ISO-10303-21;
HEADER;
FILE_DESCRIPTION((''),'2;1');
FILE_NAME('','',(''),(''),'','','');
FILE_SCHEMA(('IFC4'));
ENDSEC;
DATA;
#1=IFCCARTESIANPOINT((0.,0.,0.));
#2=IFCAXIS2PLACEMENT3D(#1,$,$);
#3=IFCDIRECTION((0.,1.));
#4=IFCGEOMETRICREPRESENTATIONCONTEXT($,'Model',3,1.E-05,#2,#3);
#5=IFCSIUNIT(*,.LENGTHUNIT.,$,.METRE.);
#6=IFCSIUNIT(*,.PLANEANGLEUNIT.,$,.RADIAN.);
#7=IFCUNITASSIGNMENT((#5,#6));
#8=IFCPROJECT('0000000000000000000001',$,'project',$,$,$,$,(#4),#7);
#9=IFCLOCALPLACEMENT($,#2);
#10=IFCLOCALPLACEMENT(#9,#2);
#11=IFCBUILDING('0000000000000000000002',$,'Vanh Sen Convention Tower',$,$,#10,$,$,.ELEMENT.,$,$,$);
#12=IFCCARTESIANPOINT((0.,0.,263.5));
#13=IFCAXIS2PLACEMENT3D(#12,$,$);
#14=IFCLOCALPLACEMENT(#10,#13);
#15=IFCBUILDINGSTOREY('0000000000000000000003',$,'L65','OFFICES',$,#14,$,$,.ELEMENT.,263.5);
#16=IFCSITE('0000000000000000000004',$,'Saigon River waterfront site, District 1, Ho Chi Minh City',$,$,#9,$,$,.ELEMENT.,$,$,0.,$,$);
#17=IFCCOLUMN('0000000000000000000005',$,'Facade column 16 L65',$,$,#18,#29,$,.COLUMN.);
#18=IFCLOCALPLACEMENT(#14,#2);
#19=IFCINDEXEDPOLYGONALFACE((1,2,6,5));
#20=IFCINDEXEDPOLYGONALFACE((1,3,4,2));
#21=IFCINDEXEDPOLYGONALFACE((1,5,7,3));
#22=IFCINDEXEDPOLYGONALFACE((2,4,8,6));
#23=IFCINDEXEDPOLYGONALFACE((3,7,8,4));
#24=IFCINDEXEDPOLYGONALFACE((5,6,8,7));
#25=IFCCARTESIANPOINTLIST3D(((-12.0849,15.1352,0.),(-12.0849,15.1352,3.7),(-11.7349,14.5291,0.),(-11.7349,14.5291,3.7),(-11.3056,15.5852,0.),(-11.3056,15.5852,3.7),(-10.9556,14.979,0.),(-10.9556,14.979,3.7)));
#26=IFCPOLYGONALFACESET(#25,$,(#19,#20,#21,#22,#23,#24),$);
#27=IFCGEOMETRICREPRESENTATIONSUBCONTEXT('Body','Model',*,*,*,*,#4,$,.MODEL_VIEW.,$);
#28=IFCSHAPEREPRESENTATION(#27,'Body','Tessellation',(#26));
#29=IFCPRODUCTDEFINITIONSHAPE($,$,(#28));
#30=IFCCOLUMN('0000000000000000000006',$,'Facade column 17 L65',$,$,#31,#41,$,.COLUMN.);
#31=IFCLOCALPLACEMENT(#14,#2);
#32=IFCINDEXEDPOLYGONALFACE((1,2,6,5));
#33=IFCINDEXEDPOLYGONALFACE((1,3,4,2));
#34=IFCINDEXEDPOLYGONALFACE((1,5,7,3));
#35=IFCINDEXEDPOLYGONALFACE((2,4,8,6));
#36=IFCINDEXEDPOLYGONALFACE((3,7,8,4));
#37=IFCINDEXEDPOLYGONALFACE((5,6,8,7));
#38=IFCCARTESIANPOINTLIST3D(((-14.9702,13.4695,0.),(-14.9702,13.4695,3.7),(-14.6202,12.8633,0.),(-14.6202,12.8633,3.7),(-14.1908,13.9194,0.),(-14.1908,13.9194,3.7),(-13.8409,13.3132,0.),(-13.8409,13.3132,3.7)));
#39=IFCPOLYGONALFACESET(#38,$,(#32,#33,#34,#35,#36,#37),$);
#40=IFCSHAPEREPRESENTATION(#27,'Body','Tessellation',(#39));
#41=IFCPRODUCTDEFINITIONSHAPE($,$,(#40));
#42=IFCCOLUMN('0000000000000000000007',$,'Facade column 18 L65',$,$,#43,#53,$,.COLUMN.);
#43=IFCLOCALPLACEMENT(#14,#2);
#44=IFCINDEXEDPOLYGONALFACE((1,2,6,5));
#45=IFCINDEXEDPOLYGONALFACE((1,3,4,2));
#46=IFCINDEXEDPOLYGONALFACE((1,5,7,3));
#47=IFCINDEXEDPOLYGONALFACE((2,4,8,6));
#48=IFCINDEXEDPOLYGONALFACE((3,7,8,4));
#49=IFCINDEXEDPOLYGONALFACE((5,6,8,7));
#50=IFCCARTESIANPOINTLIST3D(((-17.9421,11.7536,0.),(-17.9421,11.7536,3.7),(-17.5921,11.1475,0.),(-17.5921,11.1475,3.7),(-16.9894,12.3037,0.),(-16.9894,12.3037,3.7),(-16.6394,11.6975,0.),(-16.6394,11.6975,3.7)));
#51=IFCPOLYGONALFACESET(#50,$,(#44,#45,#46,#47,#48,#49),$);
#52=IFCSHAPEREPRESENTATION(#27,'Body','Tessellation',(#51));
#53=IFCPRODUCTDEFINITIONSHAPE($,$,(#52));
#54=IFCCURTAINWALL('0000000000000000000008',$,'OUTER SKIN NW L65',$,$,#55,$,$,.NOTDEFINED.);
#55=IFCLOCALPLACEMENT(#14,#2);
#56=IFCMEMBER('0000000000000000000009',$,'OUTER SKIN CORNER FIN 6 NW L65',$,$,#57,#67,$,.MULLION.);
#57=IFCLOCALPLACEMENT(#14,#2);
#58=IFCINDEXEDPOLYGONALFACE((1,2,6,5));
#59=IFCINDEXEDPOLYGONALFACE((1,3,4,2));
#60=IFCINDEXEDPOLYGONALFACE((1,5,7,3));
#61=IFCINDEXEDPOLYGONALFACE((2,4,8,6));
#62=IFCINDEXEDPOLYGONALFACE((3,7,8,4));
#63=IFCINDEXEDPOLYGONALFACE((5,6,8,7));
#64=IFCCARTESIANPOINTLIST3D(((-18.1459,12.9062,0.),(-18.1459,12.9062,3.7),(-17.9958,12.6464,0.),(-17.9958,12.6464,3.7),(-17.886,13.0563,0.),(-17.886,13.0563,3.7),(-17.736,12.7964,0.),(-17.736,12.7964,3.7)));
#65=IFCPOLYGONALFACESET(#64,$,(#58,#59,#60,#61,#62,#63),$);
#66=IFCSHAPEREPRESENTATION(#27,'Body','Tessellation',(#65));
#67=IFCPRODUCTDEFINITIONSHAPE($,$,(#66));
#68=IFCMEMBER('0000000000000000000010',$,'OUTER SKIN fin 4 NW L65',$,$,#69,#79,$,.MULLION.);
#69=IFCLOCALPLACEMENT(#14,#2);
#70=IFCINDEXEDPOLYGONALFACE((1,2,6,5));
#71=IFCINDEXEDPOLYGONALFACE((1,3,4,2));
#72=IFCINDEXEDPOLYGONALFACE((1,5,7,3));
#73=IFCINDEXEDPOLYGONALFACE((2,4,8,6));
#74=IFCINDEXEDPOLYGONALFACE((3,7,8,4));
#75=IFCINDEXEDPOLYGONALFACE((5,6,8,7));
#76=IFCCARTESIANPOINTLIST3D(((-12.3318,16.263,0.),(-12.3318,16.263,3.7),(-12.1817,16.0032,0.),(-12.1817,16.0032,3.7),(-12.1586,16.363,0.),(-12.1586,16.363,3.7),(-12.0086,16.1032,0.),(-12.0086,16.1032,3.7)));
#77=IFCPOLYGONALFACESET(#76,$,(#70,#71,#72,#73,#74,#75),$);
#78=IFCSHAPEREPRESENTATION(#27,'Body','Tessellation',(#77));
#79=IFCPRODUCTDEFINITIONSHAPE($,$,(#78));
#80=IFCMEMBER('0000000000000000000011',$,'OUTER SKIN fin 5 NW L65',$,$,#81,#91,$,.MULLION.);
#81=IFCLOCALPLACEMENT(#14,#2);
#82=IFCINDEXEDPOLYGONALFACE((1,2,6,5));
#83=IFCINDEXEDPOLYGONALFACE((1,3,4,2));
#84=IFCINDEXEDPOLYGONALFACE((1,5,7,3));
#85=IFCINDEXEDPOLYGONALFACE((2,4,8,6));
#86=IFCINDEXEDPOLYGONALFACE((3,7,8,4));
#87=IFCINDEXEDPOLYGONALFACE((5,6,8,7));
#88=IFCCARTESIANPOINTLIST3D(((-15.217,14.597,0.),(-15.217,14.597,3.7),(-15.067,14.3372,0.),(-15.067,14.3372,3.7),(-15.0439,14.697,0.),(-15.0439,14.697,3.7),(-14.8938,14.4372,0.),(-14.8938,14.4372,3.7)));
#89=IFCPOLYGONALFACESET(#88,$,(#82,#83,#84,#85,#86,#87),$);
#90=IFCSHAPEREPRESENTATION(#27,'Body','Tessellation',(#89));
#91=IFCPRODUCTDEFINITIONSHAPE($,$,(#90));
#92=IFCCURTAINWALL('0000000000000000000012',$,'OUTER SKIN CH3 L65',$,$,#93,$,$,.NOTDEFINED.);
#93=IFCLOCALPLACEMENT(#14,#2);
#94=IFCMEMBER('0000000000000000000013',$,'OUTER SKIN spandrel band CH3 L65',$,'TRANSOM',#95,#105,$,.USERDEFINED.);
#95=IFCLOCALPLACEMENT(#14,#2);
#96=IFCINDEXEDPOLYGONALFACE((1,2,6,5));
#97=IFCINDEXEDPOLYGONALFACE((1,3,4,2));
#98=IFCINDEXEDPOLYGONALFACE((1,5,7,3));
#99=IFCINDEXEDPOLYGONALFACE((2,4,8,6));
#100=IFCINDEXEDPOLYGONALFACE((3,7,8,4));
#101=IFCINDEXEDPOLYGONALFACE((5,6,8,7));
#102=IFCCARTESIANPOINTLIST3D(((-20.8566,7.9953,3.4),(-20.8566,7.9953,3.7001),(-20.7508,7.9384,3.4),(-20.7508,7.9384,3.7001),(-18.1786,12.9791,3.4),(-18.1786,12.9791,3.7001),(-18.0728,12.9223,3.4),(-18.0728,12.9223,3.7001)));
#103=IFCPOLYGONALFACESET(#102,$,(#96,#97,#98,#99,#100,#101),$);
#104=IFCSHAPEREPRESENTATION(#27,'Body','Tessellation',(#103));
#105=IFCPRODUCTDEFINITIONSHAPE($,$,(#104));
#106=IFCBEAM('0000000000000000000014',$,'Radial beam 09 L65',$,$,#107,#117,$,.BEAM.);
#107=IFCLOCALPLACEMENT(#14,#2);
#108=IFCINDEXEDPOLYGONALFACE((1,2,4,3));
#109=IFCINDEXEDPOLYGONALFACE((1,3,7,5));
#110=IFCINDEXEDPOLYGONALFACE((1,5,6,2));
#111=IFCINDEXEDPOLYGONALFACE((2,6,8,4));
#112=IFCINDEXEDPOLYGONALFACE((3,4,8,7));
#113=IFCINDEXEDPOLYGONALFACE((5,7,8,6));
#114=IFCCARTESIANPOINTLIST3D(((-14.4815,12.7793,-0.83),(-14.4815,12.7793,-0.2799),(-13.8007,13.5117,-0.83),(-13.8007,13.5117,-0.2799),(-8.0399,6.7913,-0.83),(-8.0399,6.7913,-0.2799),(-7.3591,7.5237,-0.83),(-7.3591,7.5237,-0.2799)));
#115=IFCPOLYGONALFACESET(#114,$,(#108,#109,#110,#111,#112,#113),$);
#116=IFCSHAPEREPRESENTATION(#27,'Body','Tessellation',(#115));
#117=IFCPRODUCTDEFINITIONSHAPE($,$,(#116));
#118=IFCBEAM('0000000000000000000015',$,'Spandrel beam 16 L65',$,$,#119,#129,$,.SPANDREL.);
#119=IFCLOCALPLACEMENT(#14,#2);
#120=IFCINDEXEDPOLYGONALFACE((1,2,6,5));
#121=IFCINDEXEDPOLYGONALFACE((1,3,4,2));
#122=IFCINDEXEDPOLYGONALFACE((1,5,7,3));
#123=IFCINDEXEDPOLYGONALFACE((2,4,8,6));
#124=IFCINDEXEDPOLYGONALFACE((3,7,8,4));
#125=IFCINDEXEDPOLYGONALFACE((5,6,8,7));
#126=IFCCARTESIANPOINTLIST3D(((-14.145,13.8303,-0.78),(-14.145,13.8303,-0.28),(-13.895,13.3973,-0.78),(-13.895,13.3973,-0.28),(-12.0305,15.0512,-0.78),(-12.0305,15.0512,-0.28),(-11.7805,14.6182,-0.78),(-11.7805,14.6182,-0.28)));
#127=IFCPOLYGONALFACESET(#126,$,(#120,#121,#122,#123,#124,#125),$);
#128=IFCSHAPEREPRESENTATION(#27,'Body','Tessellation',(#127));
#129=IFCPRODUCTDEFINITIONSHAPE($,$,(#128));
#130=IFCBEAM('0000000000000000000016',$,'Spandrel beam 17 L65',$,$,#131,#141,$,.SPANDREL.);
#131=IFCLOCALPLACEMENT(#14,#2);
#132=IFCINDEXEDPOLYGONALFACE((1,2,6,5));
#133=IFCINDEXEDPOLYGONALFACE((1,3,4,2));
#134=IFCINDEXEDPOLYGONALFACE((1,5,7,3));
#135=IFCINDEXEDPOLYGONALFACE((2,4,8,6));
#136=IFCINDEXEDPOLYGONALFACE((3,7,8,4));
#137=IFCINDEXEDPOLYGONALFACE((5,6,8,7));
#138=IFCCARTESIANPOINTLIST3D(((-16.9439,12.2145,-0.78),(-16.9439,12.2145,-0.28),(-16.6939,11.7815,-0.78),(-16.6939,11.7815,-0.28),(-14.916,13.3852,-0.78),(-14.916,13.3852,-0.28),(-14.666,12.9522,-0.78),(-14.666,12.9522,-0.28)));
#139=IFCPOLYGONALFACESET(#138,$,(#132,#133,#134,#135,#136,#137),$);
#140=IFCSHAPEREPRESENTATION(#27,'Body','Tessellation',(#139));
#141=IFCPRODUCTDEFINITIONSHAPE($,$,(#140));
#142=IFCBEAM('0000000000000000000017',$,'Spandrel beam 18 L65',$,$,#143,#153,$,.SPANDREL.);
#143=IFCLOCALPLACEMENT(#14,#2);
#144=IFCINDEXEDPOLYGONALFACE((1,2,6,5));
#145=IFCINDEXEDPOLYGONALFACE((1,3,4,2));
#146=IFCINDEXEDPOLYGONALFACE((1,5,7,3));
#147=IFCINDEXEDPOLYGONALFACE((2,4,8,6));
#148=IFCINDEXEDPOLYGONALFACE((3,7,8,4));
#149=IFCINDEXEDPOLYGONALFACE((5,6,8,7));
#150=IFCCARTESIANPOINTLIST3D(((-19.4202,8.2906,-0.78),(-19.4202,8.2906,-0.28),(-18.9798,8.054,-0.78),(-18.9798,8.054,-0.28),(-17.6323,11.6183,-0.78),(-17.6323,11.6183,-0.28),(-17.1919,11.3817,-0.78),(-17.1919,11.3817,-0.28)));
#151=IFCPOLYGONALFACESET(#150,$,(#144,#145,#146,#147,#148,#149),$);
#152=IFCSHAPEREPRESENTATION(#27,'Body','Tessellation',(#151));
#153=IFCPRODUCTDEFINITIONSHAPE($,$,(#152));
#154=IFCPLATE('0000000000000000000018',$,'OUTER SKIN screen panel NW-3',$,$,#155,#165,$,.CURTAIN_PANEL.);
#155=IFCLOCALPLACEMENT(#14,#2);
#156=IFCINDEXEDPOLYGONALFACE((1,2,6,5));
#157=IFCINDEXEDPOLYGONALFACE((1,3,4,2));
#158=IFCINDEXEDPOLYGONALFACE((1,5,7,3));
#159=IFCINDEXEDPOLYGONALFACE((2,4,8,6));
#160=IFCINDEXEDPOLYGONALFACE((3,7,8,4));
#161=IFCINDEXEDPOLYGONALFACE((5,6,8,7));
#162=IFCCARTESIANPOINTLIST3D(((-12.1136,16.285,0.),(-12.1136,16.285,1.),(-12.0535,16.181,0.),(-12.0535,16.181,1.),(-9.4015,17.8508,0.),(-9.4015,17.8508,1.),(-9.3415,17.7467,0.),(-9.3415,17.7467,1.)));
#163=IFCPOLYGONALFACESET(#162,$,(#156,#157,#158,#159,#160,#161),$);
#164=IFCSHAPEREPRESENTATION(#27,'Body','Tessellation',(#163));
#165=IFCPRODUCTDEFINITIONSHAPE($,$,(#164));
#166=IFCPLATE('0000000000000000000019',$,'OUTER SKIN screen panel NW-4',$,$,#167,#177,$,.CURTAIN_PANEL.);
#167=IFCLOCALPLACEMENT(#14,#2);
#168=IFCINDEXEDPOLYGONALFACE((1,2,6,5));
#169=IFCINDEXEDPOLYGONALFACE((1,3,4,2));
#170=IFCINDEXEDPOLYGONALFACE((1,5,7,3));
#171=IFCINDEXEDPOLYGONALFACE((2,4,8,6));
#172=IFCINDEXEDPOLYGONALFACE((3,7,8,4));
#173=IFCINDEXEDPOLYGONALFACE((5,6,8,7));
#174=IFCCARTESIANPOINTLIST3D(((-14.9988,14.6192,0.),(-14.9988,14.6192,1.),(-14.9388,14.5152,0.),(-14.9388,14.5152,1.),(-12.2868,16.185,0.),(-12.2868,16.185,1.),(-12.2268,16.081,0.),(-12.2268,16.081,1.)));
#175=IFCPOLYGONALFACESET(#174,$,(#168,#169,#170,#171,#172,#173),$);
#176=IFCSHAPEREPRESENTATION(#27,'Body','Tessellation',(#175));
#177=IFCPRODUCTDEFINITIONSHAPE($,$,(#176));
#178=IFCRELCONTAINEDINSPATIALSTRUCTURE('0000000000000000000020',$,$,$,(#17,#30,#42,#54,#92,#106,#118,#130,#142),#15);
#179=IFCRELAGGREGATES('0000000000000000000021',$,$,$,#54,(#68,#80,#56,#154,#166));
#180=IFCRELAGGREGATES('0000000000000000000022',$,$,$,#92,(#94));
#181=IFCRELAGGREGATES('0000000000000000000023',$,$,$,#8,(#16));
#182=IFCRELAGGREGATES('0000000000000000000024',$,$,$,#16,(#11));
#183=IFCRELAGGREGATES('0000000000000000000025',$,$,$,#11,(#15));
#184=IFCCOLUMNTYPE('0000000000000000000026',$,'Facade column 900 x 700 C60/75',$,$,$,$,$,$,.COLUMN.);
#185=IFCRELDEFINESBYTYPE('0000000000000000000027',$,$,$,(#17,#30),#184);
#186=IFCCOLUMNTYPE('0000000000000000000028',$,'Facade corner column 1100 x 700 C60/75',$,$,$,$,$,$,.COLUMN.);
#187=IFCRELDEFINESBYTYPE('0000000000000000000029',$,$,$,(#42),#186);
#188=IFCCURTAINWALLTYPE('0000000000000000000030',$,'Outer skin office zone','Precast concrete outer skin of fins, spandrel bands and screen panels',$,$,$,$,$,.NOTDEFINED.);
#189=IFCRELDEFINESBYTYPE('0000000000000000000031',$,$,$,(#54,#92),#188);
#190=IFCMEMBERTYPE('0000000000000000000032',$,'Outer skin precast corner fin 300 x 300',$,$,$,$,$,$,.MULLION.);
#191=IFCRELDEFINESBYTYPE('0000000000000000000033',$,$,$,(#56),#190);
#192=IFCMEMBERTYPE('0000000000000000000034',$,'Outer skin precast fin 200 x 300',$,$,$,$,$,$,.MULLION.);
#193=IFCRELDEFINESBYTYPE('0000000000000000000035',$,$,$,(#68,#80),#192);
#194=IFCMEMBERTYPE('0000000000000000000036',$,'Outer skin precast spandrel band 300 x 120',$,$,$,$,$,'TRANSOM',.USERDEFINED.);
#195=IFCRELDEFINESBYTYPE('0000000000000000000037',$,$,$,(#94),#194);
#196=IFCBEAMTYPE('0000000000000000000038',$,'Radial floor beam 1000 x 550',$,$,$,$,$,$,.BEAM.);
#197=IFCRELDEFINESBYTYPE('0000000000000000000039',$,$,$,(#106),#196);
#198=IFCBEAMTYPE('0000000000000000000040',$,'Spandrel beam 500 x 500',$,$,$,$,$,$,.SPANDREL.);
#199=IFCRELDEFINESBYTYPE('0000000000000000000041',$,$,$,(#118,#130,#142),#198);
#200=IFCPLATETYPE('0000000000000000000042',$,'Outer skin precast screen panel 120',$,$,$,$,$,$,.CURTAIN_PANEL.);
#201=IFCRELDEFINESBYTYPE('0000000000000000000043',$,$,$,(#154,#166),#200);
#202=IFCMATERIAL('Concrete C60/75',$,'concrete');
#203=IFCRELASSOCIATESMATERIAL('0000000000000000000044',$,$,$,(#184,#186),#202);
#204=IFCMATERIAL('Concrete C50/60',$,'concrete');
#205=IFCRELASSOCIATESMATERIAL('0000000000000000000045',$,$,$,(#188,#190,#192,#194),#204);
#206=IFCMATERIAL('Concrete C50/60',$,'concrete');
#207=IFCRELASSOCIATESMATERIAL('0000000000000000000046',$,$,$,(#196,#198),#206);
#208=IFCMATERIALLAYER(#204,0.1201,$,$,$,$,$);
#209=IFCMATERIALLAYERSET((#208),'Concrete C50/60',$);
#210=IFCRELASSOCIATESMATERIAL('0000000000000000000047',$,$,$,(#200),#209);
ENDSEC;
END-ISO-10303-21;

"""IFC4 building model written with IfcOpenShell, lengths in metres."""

from ifc_helpers import new_model, si_unit, direction, frame, origin, origin_2d, place, context, subcontext, project, spatial, rectangle, extrude, material, layer, layer_set, material_profile, profile_set, type_object, element, aggregate, save


model = new_model("IFC4")

# Units and contexts
model_context = context("Model", 3, precision=1e-05, world=origin(), true_north=direction((0.0, 1.0)))
body_context = subcontext(model_context, "Body", "Model", "MODEL_VIEW")
ifc_project = project(units=[si_unit("LENGTHUNIT", "METRE"), si_unit("PLANEANGLEUNIT", "RADIAN")], contexts=[model_context])

# Site, building, storey
site_placement = place(None, origin())
site = spatial("IfcSite", under=ifc_project, at=site_placement, Name="Saigon River waterfront site, District 1, Ho Chi Minh City", CompositionType="ELEMENT", RefElevation=0.0)
building_placement = place(site_placement, origin())
building = spatial("IfcBuilding", under=site, at=building_placement, Name="Vanh Sen Convention Tower", CompositionType="ELEMENT")
storey_placement = place(building_placement, frame((0.0, 0.0, 263.5)))
storey = spatial("IfcBuildingStorey", under=building, at=storey_placement, Name="L65", Description="OFFICES", CompositionType="ELEMENT", Elevation=263.5)

# Columns
ifc_material_1 = material(Name="Concrete C60/75", Category="concrete")
ifc_material_profile_1 = material_profile(ifc_material_1, rectangle(XDim=0.8999, YDim=0.7, at=origin_2d()), Name="RC 900X700")
ifc_profile_set_1 = profile_set([ifc_material_profile_1], Name="Concrete C60/75")
column_type_1 = type_object("IfcColumnType", Name="Facade column 900 x 700 C60/75", PredefinedType="COLUMN", material=ifc_profile_set_1)
for number, where, z_axis, x_axis, name in (
    (1, (-11.5203, 15.0571, 0.0), (0.0, 0.0, 1.0), (-0.866025, -0.5, 0.0), "Facade column 16 L65"),
    (2, (-14.4055, 13.3914, 0.0), (0.0, 0.0, 1.0), (-0.866025, -0.5, 0.0), "Facade column 17 L65"),
):
    element("IfcColumn", number, at=place(storey_placement, frame(where, z_axis=z_axis, x_axis=x_axis)), inside=storey, type_object=column_type_1, Name=name, PredefinedType="COLUMN", context=body_context, shape_type="SweptSolid", body=[
        extrude(rectangle(XDim=0.8999, YDim=0.7, at=origin_2d()), origin(), (0.0, 0.0, 1.0), 3.7),
    ])
ifc_material_profile_2 = material_profile(ifc_material_1, rectangle(XDim=1.1001, YDim=0.7, at=origin_2d()), Name="RC 1100X700")
ifc_profile_set_2 = profile_set([ifc_material_profile_2], Name="Concrete C60/75")
column_type_2 = type_object("IfcColumnType", Name="Facade corner column 1100 x 700 C60/75", PredefinedType="COLUMN", material=ifc_profile_set_2)
column_placement = place(storey_placement, frame((-17.2908, 11.7256, 0.0), z_axis=(0.0, 0.0, 1.0), x_axis=(-0.866025, -0.5, 0.0)))
element("IfcColumn", 3, at=column_placement, inside=storey, type_object=column_type_2, Name="Facade column 18 L65", PredefinedType="COLUMN", context=body_context, shape_type="SweptSolid", body=[
    extrude(rectangle(XDim=1.1001, YDim=0.7, at=origin_2d()), origin(), (0.0, 0.0, 1.0), 3.7),
])

# Curtain wall, members
ifc_material_2 = material(Name="Concrete C50/60", Category="concrete")
curtain_wall_type = type_object("IfcCurtainWallType", Name="Outer skin office zone", Description="Precast concrete outer skin of fins, spandrel bands and screen panels", PredefinedType="NOTDEFINED", material=ifc_material_2)
curtain_wall_1_placement = place(storey_placement, origin())
curtain_wall_1 = element("IfcCurtainWall", 4, at=curtain_wall_1_placement, inside=storey, type_object=curtain_wall_type, Name="OUTER SKIN NW L65", PredefinedType="NOTDEFINED")
ifc_material_profile_3 = material_profile(ifc_material_2, rectangle(XDim=0.3, YDim=0.3, at=origin_2d()), Name="Outer skin precast corner fin 300 x 300")
ifc_profile_set_3 = profile_set([ifc_material_profile_3], Name="Concrete C50/60")
member_type_1 = type_object("IfcMemberType", Name="Outer skin precast corner fin 300 x 300", PredefinedType="MULLION", material=ifc_profile_set_3)
member_1_placement = place(storey_placement, frame((-17.9409, 12.8513, 0.0), z_axis=(0.0, 0.0, 1.0), x_axis=(-0.866025, -0.5, 0.0)))
member_1 = element("IfcMember", 5, at=member_1_placement, type_object=member_type_1, Name="OUTER SKIN CORNER FIN 6 NW L65", PredefinedType="MULLION", context=body_context, shape_type="SweptSolid", body=[
    extrude(rectangle(XDim=0.3, YDim=0.3, at=origin_2d()), origin(), (0.0, 0.0, 1.0), 3.7),
])
ifc_material_profile_4 = material_profile(ifc_material_2, rectangle(XDim=0.2, YDim=0.3, at=origin_2d()), Name="Outer skin precast fin 200 x 300")
ifc_profile_set_4 = profile_set([ifc_material_profile_4], Name="Concrete C50/60")
member_type_2 = type_object("IfcMemberType", Name="Outer skin precast fin 200 x 300", PredefinedType="MULLION", material=ifc_profile_set_4)
member_2_placement = place(storey_placement, frame((-12.1702, 16.1831, 0.0), z_axis=(0.0, 0.0, 1.0), x_axis=(-0.866025, -0.5, 0.0)))
member_2 = element("IfcMember", 6, at=member_2_placement, type_object=member_type_2, Name="OUTER SKIN fin 4 NW L65", PredefinedType="MULLION", context=body_context, shape_type="SweptSolid", body=[
    extrude(rectangle(XDim=0.2, YDim=0.3, at=origin_2d()), origin(), (0.0, 0.0, 1.0), 3.7),
])
member_3_placement = place(storey_placement, frame((-15.0554, 14.5171, 0.0), z_axis=(0.0, 0.0, 1.0), x_axis=(-0.866025, -0.5, 0.0)))
member_3 = element("IfcMember", 7, at=member_3_placement, type_object=member_type_2, Name="OUTER SKIN fin 5 NW L65", PredefinedType="MULLION", context=body_context, shape_type="SweptSolid", body=[
    extrude(rectangle(XDim=0.2, YDim=0.3, at=origin_2d()), origin(), (0.0, 0.0, 1.0), 3.7),
])

# Curtain wall, member
curtain_wall_2_placement = place(storey_placement, origin())
curtain_wall_2 = element("IfcCurtainWall", 8, at=curtain_wall_2_placement, inside=storey, type_object=curtain_wall_type, Name="OUTER SKIN CH3 L65", PredefinedType="NOTDEFINED")
ifc_material_profile_5 = material_profile(ifc_material_2, rectangle(XDim=0.1201, YDim=0.3, at=origin_2d()), Name="Outer skin precast spandrel band 300 x 120")
ifc_profile_set_5 = profile_set([ifc_material_profile_5], Name="Concrete C50/60")
member_type_3 = type_object("IfcMemberType", Name="Outer skin precast spandrel band 300 x 120", ElementType="TRANSOM", PredefinedType="USERDEFINED", material=ifc_profile_set_5)
member_4_placement = place(storey_placement, frame((-18.1257, 12.9507, 3.55), z_axis=(-0.473325, -0.880888, 0.0), x_axis=(0.880888, -0.473325, 0.0)))
member_4 = element("IfcMember", 9, at=member_4_placement, type_object=member_type_3, Name="OUTER SKIN spandrel band CH3 L65", ObjectType="TRANSOM", PredefinedType="USERDEFINED", context=body_context, shape_type="SweptSolid", body=[
    extrude(rectangle(XDim=0.1201, YDim=0.3, at=origin_2d()), origin(), (0.0, 0.0, 1.0), 5.6577),
])

# Beams
ifc_material_3 = material(Name="Concrete C50/60", Category="concrete")
ifc_material_profile_6 = material_profile(ifc_material_3, rectangle(XDim=1.0, YDim=0.55, at=origin_2d()), Name="RC 1000X550")
ifc_profile_set_6 = profile_set([ifc_material_profile_6], Name="Concrete C50/60")
beam_type_1 = type_object("IfcBeamType", Name="Radial floor beam 1000 x 550", PredefinedType="BEAM", material=ifc_profile_set_6)
beam_1_placement = place(storey_placement, frame((-14.1411, 13.1455, -0.5549), z_axis=(0.732425, -0.680848, 0.0), x_axis=(0.680848, 0.732425, 0.0)))
element("IfcBeam", 10, at=beam_1_placement, inside=storey, type_object=beam_type_1, Name="Radial beam 09 L65", PredefinedType="BEAM", context=body_context, shape_type="SweptSolid", body=[
    extrude(rectangle(XDim=1.0, YDim=0.55, at=origin_2d()), origin(), (0.0, 0.0, 1.0), 8.7949),
])
ifc_material_profile_7 = material_profile(ifc_material_3, rectangle(XDim=0.5, YDim=0.5, at=origin_2d()), Name="RC 500X500")
ifc_profile_set_7 = profile_set([ifc_material_profile_7], Name="Concrete C50/60")
beam_type_2 = type_object("IfcBeamType", Name="Spandrel beam 500 x 500", PredefinedType="SPANDREL", material=ifc_profile_set_7)
beam_2_placement = place(storey_placement, frame((-11.9055, 14.8347, -0.53), z_axis=(-0.866001, -0.500043, 0.0), x_axis=(0.500043, -0.866001, 0.0)))
element("IfcBeam", 11, at=beam_2_placement, inside=storey, type_object=beam_type_2, Name="Spandrel beam 16 L65", PredefinedType="SPANDREL", context=body_context, shape_type="SweptSolid", body=[
    extrude(rectangle(XDim=0.5, YDim=0.5, at=origin_2d()), origin(), (0.0, 0.0, 1.0), 2.4417),
])
beam_3_placement = place(storey_placement, frame((-14.791, 13.1687, -0.53), z_axis=(-0.866047, -0.499963, 0.0), x_axis=(0.499963, -0.866047, 0.0)))
element("IfcBeam", 12, at=beam_3_placement, inside=storey, type_object=beam_type_2, Name="Spandrel beam 17 L65", PredefinedType="SPANDREL", context=body_context, shape_type="SweptSolid", body=[
    extrude(rectangle(XDim=0.5, YDim=0.5, at=origin_2d()), origin(), (0.0, 0.0, 1.0), 2.3416),
])
beam_4_placement = place(storey_placement, frame((-17.4121, 11.5, -0.53), z_axis=(-0.473286, -0.880909, 0.0), x_axis=(0.880909, -0.473286, 0.0)))
element("IfcBeam", 13, at=beam_4_placement, inside=storey, type_object=beam_type_2, Name="Spandrel beam 18 L65", PredefinedType="SPANDREL", context=body_context, shape_type="SweptSolid", body=[
    extrude(rectangle(XDim=0.5, YDim=0.5, at=origin_2d()), origin(), (0.0, 0.0, 1.0), 3.7776),
])

# Plates
ifc_layer_1 = layer(ifc_material_2, 0.1201)
ifc_layer_set_1 = layer_set([ifc_layer_1], Name="Concrete C50/60")
plate_type = type_object("IfcPlateType", Name="Outer skin precast screen panel 120", PredefinedType="CURTAIN_PANEL", material=ifc_layer_set_1)
plate_1_placement = place(storey_placement, frame((-10.7275, 17.0159, 0.0), z_axis=(0.0, 0.0, 1.0), x_axis=(-0.866029, -0.499994, 0.0)))
plate_1 = element("IfcPlate", 14, at=plate_1_placement, type_object=plate_type, Name="OUTER SKIN screen panel NW-3", PredefinedType="CURTAIN_PANEL", context=body_context, shape_type="SweptSolid", body=[
    extrude(rectangle(XDim=3.1316, YDim=0.1201, at=origin_2d()), origin(), (0.0, 0.0, 1.0), 1.0),
])
plate_2_placement = place(storey_placement, frame((-13.6128, 15.3501, 0.0), z_axis=(0.0, 0.0, 1.0), x_axis=(-0.866016, -0.500017, 0.0)))
plate_2 = element("IfcPlate", 15, at=plate_2_placement, type_object=plate_type, Name="OUTER SKIN screen panel NW-4", PredefinedType="CURTAIN_PANEL", context=body_context, shape_type="SweptSolid", body=[
    extrude(rectangle(XDim=3.1316, YDim=0.1201, at=origin_2d()), origin(), (0.0, 0.0, 1.0), 1.0),
])
aggregate(curtain_wall_1, [member_2, member_3, member_1, plate_1, plate_2])
aggregate(curtain_wall_2, [member_4])

save(model, "model.ifc")
